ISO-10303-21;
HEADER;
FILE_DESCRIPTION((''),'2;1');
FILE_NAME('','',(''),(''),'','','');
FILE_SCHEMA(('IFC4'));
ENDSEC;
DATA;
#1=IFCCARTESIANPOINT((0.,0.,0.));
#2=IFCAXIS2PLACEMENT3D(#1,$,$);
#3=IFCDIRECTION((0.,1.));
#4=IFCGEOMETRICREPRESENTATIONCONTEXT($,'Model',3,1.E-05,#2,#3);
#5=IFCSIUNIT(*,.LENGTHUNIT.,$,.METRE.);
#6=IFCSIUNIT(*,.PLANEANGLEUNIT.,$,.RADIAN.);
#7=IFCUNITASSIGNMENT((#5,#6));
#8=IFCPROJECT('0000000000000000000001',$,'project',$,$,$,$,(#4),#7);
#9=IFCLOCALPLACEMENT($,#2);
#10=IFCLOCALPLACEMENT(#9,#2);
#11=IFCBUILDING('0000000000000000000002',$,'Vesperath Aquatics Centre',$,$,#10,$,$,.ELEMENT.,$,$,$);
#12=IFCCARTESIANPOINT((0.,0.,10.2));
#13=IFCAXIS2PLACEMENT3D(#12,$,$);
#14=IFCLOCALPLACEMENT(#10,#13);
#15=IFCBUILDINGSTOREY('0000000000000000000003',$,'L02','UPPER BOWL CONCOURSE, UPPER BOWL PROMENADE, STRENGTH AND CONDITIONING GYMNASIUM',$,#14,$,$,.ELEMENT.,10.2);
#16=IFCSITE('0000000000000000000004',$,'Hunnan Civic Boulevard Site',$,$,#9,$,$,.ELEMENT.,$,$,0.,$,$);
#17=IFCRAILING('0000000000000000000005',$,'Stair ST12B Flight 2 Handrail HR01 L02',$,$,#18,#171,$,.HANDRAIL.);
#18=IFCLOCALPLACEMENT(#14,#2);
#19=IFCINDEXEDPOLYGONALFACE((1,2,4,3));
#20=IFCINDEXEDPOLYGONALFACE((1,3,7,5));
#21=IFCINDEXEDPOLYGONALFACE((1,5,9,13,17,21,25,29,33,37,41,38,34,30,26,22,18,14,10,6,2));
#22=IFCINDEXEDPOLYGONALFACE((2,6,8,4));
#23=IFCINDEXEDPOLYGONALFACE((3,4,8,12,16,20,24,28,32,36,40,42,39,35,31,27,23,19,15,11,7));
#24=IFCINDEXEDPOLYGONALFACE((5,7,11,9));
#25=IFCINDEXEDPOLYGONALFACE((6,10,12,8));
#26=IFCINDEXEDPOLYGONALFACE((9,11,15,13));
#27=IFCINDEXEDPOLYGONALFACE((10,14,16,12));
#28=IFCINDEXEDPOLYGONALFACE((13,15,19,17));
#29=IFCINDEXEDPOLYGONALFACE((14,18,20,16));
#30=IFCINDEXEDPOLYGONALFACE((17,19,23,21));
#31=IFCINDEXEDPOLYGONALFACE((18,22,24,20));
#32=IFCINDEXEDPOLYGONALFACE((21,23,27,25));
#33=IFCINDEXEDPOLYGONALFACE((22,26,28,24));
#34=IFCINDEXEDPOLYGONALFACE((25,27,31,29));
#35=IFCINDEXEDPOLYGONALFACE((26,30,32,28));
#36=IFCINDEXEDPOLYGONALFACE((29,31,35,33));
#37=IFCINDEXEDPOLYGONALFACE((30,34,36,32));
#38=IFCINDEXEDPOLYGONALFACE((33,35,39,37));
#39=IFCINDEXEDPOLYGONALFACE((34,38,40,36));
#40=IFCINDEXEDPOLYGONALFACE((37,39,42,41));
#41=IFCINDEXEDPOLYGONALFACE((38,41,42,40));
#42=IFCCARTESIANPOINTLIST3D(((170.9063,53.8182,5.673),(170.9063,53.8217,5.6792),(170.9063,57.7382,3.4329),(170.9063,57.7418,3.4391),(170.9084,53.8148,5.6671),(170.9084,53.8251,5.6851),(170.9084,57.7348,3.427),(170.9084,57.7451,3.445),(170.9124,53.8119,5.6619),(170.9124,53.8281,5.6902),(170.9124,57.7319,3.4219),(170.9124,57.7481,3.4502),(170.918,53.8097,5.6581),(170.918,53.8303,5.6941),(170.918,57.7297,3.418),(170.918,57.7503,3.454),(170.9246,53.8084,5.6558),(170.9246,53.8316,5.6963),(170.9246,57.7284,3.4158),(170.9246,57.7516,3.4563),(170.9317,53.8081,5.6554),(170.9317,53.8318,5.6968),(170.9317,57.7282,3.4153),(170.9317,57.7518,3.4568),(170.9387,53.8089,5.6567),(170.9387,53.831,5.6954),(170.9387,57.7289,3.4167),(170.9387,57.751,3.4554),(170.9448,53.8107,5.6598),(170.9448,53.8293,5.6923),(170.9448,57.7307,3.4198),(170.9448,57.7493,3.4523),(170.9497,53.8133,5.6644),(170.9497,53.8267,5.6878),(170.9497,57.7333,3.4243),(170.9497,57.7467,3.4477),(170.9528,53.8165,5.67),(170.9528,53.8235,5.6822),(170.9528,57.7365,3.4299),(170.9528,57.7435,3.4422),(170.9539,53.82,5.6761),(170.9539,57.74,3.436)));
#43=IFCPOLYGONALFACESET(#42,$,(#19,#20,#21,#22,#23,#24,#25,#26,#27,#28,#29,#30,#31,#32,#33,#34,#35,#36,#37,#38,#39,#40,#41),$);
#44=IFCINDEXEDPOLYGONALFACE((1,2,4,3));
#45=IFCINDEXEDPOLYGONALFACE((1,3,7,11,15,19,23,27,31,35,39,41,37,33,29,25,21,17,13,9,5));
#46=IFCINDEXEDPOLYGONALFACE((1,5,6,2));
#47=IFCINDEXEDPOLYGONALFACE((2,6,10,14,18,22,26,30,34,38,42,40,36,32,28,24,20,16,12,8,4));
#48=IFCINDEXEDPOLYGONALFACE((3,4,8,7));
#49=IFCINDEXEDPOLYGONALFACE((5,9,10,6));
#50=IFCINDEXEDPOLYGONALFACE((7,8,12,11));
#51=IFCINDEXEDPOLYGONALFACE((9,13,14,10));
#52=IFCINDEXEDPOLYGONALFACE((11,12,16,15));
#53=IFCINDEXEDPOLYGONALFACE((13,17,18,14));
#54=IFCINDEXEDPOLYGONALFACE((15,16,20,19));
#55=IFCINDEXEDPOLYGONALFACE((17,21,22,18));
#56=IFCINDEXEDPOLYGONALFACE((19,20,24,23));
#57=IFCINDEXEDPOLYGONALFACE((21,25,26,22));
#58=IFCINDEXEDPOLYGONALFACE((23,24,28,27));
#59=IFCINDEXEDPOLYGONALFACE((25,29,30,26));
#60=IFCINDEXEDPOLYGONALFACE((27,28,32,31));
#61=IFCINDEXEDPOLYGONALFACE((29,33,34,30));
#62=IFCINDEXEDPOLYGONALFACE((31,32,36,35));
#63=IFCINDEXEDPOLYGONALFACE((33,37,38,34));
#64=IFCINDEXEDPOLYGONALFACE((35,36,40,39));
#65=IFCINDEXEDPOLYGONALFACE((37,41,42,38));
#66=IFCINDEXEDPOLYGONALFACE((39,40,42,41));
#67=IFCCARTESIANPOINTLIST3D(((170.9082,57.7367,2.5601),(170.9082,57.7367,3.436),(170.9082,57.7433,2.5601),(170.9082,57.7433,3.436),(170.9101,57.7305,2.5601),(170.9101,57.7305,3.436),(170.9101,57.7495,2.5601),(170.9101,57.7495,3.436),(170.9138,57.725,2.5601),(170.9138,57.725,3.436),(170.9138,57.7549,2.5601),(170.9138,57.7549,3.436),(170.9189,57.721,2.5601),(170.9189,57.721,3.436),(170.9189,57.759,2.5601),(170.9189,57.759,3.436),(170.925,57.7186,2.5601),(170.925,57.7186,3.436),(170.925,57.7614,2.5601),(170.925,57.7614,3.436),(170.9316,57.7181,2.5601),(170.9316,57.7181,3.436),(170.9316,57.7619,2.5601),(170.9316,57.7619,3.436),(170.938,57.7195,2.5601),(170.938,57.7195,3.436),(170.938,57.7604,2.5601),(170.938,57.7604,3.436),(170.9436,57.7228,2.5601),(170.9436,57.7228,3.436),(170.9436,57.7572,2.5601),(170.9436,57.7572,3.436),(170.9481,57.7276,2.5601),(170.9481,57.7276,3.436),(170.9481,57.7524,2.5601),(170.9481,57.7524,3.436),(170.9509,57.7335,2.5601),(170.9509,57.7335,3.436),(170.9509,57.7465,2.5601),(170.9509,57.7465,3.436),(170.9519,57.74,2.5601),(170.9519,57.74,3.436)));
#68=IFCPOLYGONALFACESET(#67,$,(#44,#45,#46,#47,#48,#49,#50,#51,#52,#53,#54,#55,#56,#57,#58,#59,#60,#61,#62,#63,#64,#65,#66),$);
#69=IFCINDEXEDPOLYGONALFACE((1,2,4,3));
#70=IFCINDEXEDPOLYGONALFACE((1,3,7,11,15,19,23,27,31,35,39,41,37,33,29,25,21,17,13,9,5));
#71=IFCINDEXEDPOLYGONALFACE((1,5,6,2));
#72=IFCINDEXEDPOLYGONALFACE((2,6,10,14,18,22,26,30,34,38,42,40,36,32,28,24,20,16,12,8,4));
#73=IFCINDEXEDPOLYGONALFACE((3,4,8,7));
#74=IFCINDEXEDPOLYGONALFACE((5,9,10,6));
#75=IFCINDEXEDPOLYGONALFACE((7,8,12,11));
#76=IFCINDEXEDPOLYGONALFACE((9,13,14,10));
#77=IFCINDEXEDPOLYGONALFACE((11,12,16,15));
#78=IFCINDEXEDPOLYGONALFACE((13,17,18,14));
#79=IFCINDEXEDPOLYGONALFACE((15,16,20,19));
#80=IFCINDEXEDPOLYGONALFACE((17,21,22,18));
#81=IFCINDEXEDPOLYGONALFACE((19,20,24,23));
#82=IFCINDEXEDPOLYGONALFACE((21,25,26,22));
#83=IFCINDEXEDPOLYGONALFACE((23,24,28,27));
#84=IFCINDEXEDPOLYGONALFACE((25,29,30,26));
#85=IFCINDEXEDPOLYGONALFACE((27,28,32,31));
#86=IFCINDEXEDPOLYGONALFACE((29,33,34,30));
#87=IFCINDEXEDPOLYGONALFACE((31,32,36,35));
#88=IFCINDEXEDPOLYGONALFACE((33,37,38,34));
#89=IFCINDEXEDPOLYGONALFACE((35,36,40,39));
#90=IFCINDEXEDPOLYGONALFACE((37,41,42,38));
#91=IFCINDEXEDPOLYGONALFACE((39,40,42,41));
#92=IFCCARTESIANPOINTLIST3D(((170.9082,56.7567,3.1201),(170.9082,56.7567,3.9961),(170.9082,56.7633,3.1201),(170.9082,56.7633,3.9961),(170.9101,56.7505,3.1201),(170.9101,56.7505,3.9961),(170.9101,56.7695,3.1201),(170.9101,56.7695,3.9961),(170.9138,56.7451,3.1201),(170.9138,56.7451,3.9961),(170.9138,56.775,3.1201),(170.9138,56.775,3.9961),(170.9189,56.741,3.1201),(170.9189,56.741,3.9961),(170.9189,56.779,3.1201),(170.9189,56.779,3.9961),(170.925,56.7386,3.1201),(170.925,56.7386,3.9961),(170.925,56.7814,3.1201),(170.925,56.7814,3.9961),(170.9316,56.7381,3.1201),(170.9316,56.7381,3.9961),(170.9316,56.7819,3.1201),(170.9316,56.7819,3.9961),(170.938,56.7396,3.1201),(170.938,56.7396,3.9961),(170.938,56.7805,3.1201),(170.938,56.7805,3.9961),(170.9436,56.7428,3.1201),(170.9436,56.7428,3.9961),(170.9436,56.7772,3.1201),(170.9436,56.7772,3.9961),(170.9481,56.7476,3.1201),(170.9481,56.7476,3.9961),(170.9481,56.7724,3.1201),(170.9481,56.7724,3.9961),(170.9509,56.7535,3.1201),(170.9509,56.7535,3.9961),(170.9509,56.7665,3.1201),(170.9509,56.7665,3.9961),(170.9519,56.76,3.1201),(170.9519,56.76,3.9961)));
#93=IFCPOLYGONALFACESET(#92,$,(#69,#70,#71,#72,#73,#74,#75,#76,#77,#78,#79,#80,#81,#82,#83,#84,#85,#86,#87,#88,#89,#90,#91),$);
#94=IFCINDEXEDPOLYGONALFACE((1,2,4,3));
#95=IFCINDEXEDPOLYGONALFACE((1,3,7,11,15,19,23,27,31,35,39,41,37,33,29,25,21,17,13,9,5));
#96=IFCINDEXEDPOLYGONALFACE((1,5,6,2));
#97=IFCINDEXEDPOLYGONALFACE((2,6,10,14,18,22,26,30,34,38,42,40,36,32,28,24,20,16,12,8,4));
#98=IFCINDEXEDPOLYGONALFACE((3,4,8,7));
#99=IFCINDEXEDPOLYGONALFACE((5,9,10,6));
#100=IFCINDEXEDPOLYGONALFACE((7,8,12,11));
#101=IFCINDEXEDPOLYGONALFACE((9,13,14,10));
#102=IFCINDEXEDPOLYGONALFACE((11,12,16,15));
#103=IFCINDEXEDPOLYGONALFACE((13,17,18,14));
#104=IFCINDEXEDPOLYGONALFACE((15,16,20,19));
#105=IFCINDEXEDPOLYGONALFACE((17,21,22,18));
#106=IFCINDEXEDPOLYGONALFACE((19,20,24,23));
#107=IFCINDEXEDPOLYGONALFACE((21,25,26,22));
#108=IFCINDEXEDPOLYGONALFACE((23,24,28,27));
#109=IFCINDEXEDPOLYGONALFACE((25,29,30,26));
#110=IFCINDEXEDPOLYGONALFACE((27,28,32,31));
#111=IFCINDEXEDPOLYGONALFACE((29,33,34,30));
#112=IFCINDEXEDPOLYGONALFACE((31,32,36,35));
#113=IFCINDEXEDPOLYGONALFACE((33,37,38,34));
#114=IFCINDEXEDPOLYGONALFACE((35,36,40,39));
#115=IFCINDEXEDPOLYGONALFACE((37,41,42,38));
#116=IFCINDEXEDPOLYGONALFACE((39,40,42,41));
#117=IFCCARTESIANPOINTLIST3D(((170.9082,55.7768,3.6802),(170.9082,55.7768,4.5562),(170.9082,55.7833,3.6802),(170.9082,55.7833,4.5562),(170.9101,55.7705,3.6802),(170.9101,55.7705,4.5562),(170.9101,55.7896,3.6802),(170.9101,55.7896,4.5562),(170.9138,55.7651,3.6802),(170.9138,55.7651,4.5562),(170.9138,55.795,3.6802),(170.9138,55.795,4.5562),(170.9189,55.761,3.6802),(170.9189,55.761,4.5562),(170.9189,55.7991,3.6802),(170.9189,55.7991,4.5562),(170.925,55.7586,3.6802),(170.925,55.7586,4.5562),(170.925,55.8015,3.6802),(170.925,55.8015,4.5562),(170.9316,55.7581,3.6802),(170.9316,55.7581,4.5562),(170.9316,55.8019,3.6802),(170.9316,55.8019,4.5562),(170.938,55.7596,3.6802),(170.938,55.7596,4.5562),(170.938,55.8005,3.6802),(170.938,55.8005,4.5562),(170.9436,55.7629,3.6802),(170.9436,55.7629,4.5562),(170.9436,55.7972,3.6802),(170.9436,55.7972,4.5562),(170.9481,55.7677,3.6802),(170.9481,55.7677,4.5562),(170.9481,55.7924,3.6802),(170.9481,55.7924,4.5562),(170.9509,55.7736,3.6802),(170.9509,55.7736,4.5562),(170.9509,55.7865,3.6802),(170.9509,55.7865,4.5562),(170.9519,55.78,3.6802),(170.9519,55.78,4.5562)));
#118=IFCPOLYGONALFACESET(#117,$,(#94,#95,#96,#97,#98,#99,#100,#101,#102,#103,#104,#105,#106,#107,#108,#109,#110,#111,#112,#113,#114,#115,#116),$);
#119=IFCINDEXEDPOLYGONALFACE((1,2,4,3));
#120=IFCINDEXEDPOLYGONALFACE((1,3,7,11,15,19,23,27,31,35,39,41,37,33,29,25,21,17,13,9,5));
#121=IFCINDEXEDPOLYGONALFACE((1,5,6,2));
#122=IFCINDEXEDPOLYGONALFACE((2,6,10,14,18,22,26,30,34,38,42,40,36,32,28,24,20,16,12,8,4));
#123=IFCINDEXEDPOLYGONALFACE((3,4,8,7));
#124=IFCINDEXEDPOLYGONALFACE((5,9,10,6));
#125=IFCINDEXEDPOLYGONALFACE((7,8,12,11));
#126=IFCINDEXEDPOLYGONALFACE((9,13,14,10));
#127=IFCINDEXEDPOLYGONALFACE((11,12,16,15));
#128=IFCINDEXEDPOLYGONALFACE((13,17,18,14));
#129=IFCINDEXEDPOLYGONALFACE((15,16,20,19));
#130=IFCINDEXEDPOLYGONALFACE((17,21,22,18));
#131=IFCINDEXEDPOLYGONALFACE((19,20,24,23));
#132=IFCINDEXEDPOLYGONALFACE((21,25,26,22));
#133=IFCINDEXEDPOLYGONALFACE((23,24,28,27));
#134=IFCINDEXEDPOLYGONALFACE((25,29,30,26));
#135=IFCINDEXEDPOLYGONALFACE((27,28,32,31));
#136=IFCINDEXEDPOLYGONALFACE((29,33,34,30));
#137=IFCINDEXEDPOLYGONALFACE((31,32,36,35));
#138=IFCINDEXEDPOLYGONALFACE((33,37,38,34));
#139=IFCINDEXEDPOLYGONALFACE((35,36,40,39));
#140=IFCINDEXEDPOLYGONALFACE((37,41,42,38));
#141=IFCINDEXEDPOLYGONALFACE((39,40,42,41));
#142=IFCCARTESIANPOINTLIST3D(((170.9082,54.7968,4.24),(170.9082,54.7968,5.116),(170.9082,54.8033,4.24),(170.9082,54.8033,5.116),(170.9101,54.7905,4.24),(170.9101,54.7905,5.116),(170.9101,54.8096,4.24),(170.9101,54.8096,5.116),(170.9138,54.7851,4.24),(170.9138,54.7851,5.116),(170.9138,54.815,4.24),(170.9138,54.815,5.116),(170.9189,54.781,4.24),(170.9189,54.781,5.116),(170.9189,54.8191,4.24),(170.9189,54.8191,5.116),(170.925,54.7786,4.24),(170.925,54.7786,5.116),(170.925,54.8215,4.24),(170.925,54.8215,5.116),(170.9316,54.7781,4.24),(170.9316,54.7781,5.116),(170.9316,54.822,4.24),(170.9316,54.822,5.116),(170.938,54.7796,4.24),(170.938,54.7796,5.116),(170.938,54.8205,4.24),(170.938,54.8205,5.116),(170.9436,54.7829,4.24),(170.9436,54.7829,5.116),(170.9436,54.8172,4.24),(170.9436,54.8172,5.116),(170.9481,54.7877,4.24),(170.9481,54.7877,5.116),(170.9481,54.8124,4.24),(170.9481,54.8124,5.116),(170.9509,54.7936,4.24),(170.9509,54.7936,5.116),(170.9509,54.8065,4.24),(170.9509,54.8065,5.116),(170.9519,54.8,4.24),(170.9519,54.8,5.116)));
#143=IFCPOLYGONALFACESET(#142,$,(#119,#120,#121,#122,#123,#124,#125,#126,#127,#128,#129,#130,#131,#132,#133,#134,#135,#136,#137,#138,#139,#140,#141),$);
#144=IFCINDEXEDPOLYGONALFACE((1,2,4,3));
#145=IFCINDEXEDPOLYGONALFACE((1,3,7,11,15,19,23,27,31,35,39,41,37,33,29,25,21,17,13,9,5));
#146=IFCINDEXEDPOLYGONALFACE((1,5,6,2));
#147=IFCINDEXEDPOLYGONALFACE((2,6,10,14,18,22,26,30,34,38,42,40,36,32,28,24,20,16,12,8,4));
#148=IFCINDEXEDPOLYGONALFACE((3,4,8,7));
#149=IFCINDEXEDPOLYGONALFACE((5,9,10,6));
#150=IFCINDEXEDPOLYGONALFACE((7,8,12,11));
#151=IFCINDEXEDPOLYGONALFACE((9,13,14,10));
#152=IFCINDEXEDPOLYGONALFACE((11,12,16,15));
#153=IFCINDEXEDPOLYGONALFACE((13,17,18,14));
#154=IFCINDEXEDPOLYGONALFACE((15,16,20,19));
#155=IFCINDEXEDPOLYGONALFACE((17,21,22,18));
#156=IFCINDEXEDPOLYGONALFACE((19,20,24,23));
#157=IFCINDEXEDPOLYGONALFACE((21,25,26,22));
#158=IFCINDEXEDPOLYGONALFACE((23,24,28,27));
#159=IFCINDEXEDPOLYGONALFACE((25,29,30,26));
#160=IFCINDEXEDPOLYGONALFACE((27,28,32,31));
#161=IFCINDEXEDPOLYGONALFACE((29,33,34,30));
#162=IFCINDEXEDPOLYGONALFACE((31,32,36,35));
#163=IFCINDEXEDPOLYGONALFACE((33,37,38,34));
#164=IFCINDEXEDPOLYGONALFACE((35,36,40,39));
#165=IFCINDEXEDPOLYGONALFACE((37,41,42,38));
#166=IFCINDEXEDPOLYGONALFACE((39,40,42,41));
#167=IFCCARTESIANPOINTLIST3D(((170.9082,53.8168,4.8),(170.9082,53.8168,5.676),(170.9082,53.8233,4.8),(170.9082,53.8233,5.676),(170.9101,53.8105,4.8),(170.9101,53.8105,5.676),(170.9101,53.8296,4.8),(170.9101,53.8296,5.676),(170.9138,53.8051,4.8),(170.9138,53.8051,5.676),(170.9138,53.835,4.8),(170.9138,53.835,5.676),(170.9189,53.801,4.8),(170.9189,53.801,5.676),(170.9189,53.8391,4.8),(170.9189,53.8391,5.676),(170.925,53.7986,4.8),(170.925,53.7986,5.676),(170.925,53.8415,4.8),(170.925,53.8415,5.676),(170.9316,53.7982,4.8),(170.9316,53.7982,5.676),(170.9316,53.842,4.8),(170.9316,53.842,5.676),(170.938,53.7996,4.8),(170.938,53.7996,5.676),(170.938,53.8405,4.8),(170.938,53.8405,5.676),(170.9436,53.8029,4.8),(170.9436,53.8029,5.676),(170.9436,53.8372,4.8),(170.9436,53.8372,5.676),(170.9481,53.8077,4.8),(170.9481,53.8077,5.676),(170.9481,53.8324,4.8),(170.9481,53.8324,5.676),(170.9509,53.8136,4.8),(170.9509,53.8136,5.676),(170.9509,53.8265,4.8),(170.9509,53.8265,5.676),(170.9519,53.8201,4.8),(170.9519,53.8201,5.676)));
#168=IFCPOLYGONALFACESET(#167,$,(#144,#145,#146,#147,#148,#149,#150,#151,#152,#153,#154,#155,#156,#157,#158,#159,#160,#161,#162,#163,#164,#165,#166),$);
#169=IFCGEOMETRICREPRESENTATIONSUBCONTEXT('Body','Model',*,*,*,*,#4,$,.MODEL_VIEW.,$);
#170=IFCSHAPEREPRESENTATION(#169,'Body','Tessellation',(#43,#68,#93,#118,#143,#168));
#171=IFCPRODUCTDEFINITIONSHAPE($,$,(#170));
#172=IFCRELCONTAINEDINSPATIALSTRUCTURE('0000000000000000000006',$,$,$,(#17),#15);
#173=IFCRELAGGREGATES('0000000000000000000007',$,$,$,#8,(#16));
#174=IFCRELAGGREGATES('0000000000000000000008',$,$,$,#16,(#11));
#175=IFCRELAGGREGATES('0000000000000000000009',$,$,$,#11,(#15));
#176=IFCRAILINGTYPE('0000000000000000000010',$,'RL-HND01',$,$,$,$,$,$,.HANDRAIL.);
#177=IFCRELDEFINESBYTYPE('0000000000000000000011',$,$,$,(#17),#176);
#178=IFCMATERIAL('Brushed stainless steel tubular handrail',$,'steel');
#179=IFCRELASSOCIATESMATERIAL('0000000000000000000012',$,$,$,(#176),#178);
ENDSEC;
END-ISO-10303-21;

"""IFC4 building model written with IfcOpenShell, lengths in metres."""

from ifc_helpers import new_model, si_unit, direction, frame, origin, origin_2d, place, context, subcontext, project, spatial, circle, extrude, material, type_object, element, save


model = new_model("IFC4")

# Units and contexts
model_context = context("Model", 3, precision=1e-05, world=origin(), true_north=direction((0.0, 1.0)))
body_context = subcontext(model_context, "Body", "Model", "MODEL_VIEW")
ifc_project = project(units=[si_unit("LENGTHUNIT", "METRE"), si_unit("PLANEANGLEUNIT", "RADIAN")], contexts=[model_context])

# Site, building, storey
site_placement = place(None, origin())
site = spatial("IfcSite", under=ifc_project, at=site_placement, Name="Hunnan Civic Boulevard Site", CompositionType="ELEMENT", RefElevation=0.0)
building_placement = place(site_placement, origin())
building = spatial("IfcBuilding", under=site, at=building_placement, Name="Vesperath Aquatics Centre", CompositionType="ELEMENT")
storey_placement = place(building_placement, frame((0.0, 0.0, 10.2)))
storey = spatial("IfcBuildingStorey", under=building, at=storey_placement, Name="L02", Description="UPPER BOWL CONCOURSE, UPPER BOWL PROMENADE, STRENGTH AND CONDITIONING GYMNASIUM", CompositionType="ELEMENT", Elevation=10.2)

# Railing
ifc_material_1 = material(Name="Brushed stainless steel tubular handrail", Category="steel")
railing_type_1 = type_object("IfcRailingType", Name="RL-HND01", PredefinedType="HANDRAIL", material=ifc_material_1)
railing_1_placement = place(storey_placement, frame((170.9299, 57.74, 2.5601)))
element("IfcRailing", 1, at=railing_1_placement, inside=storey, type_object=railing_type_1, Name="Stair ST12B Flight 2 Handrail HR01 L02", PredefinedType="HANDRAIL", context=body_context, shape_type="SweptSolid", body=[
    extrude(circle(Radius=0.0239, at=origin_2d()), frame((0.0, 0.0, 0.876), z_axis=(0.0, -0.86824, 0.496145), x_axis=(1.0, 0.0, 0.0)), (0.0, 0.0, 1.0), 4.5149),
    extrude(circle(Radius=0.022, at=origin_2d()), origin(), (0.0, 0.0, 1.0), 0.876),
    extrude(circle(Radius=0.022, at=origin_2d()), frame((0.0, -0.98, 0.5601)), (0.0, 0.0, 1.0), 0.876),
    extrude(circle(Radius=0.022, at=origin_2d()), frame((0.0, -1.96, 1.1201)), (0.0, 0.0, 1.0), 0.876),
    extrude(circle(Radius=0.022, at=origin_2d()), frame((0.0, -2.9399, 1.6799)), (0.0, 0.0, 1.0), 0.876),
    extrude(circle(Radius=0.022, at=origin_2d()), frame((0.0, -3.9199, 2.24)), (0.0, 0.0, 1.0), 0.876),
])

save(model, "model.ifc")
